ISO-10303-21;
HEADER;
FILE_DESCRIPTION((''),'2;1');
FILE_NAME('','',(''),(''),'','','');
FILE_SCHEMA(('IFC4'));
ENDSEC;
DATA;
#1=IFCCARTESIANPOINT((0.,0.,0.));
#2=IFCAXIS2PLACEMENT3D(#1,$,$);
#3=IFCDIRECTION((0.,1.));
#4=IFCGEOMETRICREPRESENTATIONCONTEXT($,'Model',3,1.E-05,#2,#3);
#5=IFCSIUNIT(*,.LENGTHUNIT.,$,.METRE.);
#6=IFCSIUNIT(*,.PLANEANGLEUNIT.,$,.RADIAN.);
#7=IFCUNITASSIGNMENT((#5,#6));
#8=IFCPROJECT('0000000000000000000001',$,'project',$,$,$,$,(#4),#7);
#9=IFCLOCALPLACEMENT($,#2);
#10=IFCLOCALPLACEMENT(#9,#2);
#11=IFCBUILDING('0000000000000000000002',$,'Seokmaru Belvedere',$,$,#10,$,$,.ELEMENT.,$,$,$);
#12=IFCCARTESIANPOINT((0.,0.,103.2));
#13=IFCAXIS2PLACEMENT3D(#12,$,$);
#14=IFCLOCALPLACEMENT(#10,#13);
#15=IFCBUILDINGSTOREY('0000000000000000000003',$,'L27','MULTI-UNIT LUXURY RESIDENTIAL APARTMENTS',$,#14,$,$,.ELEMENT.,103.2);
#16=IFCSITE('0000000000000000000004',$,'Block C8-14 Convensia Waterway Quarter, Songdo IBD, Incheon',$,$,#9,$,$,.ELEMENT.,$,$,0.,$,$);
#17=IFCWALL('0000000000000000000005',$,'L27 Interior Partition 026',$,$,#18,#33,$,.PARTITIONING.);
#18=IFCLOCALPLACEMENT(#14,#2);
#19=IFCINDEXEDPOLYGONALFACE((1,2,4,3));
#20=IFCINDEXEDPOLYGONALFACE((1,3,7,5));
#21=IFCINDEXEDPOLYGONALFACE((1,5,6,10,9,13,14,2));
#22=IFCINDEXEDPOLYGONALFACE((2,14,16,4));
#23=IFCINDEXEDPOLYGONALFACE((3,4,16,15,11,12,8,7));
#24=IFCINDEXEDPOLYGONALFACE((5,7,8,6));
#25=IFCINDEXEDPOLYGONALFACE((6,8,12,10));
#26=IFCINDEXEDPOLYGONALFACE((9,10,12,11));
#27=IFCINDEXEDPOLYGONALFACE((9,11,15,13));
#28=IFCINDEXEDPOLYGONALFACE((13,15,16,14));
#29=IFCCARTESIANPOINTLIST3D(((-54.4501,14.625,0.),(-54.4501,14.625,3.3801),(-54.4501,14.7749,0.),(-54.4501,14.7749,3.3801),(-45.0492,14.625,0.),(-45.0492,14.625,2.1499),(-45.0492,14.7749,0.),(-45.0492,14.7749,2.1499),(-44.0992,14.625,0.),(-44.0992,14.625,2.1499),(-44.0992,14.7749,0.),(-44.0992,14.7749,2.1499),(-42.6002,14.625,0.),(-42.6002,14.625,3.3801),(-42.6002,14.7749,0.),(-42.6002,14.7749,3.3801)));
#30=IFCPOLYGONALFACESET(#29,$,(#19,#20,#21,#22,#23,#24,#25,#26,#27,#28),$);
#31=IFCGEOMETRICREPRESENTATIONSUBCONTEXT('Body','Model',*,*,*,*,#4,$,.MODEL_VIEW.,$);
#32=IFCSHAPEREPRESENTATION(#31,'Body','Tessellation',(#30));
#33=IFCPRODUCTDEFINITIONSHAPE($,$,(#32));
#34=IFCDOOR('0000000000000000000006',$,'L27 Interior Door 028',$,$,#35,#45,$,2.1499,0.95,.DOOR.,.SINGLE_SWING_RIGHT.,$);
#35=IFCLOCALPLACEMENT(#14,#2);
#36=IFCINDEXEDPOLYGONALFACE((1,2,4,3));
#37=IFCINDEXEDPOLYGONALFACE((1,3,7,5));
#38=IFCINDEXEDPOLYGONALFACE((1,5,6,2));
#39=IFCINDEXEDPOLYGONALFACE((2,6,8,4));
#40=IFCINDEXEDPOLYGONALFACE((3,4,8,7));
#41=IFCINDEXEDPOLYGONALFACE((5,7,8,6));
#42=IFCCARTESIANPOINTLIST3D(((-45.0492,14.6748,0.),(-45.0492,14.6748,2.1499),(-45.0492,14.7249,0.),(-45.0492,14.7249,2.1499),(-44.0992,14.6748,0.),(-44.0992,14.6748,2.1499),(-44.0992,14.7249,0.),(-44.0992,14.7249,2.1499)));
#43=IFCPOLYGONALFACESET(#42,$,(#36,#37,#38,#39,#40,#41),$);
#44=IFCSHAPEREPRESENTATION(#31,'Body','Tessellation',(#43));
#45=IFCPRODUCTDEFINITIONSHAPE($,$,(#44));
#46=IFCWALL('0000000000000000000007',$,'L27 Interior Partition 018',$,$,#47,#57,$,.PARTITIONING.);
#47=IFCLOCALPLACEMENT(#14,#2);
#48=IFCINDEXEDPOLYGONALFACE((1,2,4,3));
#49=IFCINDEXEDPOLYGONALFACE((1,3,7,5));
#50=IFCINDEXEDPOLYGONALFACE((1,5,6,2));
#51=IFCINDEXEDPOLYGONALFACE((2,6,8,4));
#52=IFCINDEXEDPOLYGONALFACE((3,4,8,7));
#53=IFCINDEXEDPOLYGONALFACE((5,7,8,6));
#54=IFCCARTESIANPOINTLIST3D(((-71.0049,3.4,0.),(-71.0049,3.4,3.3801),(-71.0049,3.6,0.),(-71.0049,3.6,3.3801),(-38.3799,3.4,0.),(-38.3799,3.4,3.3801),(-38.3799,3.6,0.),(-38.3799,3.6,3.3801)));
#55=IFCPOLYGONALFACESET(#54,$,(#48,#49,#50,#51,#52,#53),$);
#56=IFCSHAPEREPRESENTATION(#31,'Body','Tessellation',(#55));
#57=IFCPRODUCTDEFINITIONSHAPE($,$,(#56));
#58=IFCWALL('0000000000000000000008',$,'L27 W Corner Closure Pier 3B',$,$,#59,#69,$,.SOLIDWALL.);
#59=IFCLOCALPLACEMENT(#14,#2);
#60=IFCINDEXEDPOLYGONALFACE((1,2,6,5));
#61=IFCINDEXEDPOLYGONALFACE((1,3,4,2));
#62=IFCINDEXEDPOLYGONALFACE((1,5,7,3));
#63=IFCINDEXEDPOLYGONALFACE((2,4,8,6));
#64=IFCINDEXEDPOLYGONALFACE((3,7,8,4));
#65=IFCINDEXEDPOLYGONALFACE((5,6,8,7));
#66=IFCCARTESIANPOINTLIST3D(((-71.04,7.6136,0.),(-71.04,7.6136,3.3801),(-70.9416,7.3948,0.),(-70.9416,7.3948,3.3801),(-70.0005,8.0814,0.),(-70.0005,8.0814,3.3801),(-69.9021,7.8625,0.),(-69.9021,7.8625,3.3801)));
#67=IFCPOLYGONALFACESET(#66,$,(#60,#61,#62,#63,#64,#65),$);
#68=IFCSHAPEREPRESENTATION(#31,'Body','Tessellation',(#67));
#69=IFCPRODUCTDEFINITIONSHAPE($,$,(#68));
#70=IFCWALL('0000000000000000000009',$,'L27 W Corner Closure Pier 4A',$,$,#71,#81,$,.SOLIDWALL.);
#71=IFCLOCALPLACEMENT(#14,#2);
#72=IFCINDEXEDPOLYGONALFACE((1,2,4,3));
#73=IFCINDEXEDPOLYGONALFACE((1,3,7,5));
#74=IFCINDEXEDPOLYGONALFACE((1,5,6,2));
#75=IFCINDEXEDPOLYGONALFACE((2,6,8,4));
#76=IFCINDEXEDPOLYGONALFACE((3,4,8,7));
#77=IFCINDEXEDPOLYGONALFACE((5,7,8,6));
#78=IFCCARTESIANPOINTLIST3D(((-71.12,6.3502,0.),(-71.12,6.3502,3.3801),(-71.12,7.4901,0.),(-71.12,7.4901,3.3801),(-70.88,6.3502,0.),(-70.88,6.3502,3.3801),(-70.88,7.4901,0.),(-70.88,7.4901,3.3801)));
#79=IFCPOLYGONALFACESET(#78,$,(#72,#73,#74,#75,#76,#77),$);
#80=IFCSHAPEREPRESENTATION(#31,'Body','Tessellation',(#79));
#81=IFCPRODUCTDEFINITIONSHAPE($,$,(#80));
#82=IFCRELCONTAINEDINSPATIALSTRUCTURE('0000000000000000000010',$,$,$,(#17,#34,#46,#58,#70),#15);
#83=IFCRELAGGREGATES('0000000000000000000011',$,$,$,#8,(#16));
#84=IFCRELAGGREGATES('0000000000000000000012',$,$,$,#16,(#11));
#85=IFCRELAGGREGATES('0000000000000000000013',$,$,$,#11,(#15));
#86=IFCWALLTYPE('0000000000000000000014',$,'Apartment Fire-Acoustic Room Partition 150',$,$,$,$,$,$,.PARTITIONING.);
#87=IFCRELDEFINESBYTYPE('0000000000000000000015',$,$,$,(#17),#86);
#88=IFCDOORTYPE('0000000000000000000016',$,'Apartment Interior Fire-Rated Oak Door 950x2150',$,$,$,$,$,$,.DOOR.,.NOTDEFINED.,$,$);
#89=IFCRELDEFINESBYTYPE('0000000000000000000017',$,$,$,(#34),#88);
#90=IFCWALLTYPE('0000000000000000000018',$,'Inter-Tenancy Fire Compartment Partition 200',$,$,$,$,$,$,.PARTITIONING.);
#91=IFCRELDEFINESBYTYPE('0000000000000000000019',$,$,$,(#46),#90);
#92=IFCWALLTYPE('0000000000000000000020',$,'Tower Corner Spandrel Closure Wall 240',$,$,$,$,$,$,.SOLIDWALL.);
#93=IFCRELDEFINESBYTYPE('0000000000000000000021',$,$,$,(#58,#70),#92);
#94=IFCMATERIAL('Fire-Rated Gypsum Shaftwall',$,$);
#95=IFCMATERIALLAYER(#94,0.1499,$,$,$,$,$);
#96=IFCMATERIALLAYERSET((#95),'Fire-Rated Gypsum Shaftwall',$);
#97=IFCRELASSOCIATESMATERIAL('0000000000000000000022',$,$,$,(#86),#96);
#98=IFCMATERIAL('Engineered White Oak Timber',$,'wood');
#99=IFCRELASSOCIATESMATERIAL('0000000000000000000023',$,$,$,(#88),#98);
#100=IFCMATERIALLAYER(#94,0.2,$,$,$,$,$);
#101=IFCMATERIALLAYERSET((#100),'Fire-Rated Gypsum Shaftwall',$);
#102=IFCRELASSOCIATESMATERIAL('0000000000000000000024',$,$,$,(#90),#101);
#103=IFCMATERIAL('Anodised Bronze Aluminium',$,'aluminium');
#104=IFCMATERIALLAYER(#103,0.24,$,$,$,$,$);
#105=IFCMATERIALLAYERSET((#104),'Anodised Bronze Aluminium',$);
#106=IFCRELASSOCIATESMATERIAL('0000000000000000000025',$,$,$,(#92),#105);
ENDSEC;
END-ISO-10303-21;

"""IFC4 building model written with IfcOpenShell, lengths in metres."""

from ifc_helpers import new_model, si_unit, direction, frame, frame_2d, origin, place, context, subcontext, project, spatial, rectangle, extrude, source, transform, mapped, material, layer, layer_set, type_object, type_shapes, element, fill, save


model = new_model("IFC4")

# Units and contexts
model_context = context("Model", 3, precision=1e-05, world=origin(), true_north=direction((0.0, 1.0)))
body_context = subcontext(model_context, "Body", "Model", "MODEL_VIEW")
ifc_project = project(units=[si_unit("LENGTHUNIT", "METRE"), si_unit("PLANEANGLEUNIT", "RADIAN")], contexts=[model_context])

# Site, building, storey
site_placement = place(None, origin())
site = spatial("IfcSite", under=ifc_project, at=site_placement, Name="Block C8-14 Convensia Waterway Quarter, Songdo IBD, Incheon", CompositionType="ELEMENT", RefElevation=0.0)
building_placement = place(site_placement, origin())
building = spatial("IfcBuilding", under=site, at=building_placement, Name="Seokmaru Belvedere", CompositionType="ELEMENT")
storey_placement = place(building_placement, frame((0.0, 0.0, 103.2)))
storey = spatial("IfcBuildingStorey", under=building, at=storey_placement, Name="L27", Description="MULTI-UNIT LUXURY RESIDENTIAL APARTMENTS", CompositionType="ELEMENT", Elevation=103.2)

# Shared definitions
ifc_material_1 = material(Name="Anodised Bronze Aluminium", Category="aluminium")

# Shared definitions
ifc_material_2 = material(Name="Fire-Rated Gypsum Shaftwall")
ifc_layer_1 = layer(ifc_material_2, 0.1499)
ifc_layer_set_1 = layer_set([ifc_layer_1], Name="Fire-Rated Gypsum Shaftwall")
wall_type_1 = type_object("IfcWallType", Name="Apartment Fire-Acoustic Room Partition 150", PredefinedType="PARTITIONING", material=ifc_layer_set_1)
ifc_material_3 = material(Name="Engineered White Oak Timber", Category="wood")
door_type = type_object("IfcDoorType", Name="Apartment Interior Fire-Rated Oak Door 950x2150", OperationType="NOTDEFINED", PredefinedType="DOOR", material=ifc_material_3)
shared_shape_1 = source(origin(), body_context, "Body", "SweptSolid", [
    extrude(rectangle(XDim=0.95, YDim=2.1499, at=frame_2d((0.4751, 1.075))), frame((0.0, 0.0249, 0.0), z_axis=(0.0, -1.0, 0.0), x_axis=(1.0, 0.0, 0.0)), (0.0, 0.0, 1.0), 0.05),
])
type_shapes(door_type, [shared_shape_1])

# Wall, opening, door
wall_1_placement = place(storey_placement, frame((-54.45, 14.7, 0.0), z_axis=(0.0, 0.0, 1.0), x_axis=(1.0, 0.0, 0.0)))
wall_1 = element("IfcWall", 1, at=wall_1_placement, inside=storey, type_object=wall_type_1, Name="L27 Interior Partition 026", PredefinedType="PARTITIONING", context=body_context, shape_type="SweptSolid", body=[
    extrude(rectangle(XDim=11.8499, YDim=0.1499, at=frame_2d((5.9248, 0.0))), origin(), (0.0, 0.0, 1.0), 3.3801),
])
opening_1_placement = place(wall_1_placement, frame((9.4006, 0.0, 0.0)))
opening_1 = element("IfcOpeningElement", 2, at=opening_1_placement, cuts=wall_1, PredefinedType="OPENING", context=body_context, shape_type="SweptSolid", body=[
    extrude(rectangle(XDim=0.95, YDim=2.1499, at=frame_2d((0.4751, 1.075))), frame((0.0, 0.085, 0.0), z_axis=(0.0, -1.0, 0.0), x_axis=(1.0, 0.0, 0.0)), (0.0, 0.0, 1.0), 0.1699),
])
door_1_placement = place(opening_1_placement, origin())
door_1 = element("IfcDoor", 3, at=door_1_placement, inside=storey, type_object=door_type, Name="L27 Interior Door 028", OperationType="SINGLE_SWING_RIGHT", OverallHeight=2.1499, OverallWidth=0.95, PredefinedType="DOOR", context=body_context, shape_type="MappedRepresentation", body=[
    mapped(shared_shape_1, transform((0.0, 0.0, 0.0), scale=1.0)),
])
fill(opening_1, door_1)

# Walls
ifc_layer_2 = layer(ifc_material_2, 0.2)
ifc_layer_set_2 = layer_set([ifc_layer_2], Name="Fire-Rated Gypsum Shaftwall")
wall_type_2 = type_object("IfcWallType", Name="Inter-Tenancy Fire Compartment Partition 200", PredefinedType="PARTITIONING", material=ifc_layer_set_2)
wall_2_placement = place(storey_placement, frame((-71.0049, 3.5, 0.0), z_axis=(0.0, 0.0, 1.0), x_axis=(1.0, 0.0, 0.0)))
element("IfcWall", 4, at=wall_2_placement, inside=storey, type_object=wall_type_2, Name="L27 Interior Partition 018", PredefinedType="PARTITIONING", context=body_context, shape_type="SweptSolid", body=[
    extrude(rectangle(XDim=32.625, YDim=0.2, at=frame_2d((16.3125, 0.0))), origin(), (0.0, 0.0, 1.0), 3.3801),
])
ifc_layer_3 = layer(ifc_material_1, 0.24)
ifc_layer_set_3 = layer_set([ifc_layer_3], Name="Anodised Bronze Aluminium")
wall_type_3 = type_object("IfcWallType", Name="Tower Corner Spandrel Closure Wall 240", PredefinedType="SOLIDWALL", material=ifc_layer_set_3)
for number, where, z_axis, x_axis, name in (
    (5, (-69.9514, 7.9719, 0.0), (0.0, 0.0, 1.0), (-0.91193, -0.410347, 0.0), "L27 W Corner Closure Pier 3B"),
    (6, (-71.0, 7.49, 0.0), (0.0, 0.0, 1.0), (0.0, -1.0, 0.0), "L27 W Corner Closure Pier 4A"),
):
    element("IfcWall", number, at=place(storey_placement, frame(where, z_axis=z_axis, x_axis=x_axis)), inside=storey, type_object=wall_type_3, Name=name, PredefinedType="SOLIDWALL", context=body_context, shape_type="SweptSolid", body=[
        extrude(rectangle(XDim=1.1399, YDim=0.24, at=frame_2d((0.5698, 0.0))), origin(), (0.0, 0.0, 1.0), 3.3801),
    ])

save(model, "model.ifc")
